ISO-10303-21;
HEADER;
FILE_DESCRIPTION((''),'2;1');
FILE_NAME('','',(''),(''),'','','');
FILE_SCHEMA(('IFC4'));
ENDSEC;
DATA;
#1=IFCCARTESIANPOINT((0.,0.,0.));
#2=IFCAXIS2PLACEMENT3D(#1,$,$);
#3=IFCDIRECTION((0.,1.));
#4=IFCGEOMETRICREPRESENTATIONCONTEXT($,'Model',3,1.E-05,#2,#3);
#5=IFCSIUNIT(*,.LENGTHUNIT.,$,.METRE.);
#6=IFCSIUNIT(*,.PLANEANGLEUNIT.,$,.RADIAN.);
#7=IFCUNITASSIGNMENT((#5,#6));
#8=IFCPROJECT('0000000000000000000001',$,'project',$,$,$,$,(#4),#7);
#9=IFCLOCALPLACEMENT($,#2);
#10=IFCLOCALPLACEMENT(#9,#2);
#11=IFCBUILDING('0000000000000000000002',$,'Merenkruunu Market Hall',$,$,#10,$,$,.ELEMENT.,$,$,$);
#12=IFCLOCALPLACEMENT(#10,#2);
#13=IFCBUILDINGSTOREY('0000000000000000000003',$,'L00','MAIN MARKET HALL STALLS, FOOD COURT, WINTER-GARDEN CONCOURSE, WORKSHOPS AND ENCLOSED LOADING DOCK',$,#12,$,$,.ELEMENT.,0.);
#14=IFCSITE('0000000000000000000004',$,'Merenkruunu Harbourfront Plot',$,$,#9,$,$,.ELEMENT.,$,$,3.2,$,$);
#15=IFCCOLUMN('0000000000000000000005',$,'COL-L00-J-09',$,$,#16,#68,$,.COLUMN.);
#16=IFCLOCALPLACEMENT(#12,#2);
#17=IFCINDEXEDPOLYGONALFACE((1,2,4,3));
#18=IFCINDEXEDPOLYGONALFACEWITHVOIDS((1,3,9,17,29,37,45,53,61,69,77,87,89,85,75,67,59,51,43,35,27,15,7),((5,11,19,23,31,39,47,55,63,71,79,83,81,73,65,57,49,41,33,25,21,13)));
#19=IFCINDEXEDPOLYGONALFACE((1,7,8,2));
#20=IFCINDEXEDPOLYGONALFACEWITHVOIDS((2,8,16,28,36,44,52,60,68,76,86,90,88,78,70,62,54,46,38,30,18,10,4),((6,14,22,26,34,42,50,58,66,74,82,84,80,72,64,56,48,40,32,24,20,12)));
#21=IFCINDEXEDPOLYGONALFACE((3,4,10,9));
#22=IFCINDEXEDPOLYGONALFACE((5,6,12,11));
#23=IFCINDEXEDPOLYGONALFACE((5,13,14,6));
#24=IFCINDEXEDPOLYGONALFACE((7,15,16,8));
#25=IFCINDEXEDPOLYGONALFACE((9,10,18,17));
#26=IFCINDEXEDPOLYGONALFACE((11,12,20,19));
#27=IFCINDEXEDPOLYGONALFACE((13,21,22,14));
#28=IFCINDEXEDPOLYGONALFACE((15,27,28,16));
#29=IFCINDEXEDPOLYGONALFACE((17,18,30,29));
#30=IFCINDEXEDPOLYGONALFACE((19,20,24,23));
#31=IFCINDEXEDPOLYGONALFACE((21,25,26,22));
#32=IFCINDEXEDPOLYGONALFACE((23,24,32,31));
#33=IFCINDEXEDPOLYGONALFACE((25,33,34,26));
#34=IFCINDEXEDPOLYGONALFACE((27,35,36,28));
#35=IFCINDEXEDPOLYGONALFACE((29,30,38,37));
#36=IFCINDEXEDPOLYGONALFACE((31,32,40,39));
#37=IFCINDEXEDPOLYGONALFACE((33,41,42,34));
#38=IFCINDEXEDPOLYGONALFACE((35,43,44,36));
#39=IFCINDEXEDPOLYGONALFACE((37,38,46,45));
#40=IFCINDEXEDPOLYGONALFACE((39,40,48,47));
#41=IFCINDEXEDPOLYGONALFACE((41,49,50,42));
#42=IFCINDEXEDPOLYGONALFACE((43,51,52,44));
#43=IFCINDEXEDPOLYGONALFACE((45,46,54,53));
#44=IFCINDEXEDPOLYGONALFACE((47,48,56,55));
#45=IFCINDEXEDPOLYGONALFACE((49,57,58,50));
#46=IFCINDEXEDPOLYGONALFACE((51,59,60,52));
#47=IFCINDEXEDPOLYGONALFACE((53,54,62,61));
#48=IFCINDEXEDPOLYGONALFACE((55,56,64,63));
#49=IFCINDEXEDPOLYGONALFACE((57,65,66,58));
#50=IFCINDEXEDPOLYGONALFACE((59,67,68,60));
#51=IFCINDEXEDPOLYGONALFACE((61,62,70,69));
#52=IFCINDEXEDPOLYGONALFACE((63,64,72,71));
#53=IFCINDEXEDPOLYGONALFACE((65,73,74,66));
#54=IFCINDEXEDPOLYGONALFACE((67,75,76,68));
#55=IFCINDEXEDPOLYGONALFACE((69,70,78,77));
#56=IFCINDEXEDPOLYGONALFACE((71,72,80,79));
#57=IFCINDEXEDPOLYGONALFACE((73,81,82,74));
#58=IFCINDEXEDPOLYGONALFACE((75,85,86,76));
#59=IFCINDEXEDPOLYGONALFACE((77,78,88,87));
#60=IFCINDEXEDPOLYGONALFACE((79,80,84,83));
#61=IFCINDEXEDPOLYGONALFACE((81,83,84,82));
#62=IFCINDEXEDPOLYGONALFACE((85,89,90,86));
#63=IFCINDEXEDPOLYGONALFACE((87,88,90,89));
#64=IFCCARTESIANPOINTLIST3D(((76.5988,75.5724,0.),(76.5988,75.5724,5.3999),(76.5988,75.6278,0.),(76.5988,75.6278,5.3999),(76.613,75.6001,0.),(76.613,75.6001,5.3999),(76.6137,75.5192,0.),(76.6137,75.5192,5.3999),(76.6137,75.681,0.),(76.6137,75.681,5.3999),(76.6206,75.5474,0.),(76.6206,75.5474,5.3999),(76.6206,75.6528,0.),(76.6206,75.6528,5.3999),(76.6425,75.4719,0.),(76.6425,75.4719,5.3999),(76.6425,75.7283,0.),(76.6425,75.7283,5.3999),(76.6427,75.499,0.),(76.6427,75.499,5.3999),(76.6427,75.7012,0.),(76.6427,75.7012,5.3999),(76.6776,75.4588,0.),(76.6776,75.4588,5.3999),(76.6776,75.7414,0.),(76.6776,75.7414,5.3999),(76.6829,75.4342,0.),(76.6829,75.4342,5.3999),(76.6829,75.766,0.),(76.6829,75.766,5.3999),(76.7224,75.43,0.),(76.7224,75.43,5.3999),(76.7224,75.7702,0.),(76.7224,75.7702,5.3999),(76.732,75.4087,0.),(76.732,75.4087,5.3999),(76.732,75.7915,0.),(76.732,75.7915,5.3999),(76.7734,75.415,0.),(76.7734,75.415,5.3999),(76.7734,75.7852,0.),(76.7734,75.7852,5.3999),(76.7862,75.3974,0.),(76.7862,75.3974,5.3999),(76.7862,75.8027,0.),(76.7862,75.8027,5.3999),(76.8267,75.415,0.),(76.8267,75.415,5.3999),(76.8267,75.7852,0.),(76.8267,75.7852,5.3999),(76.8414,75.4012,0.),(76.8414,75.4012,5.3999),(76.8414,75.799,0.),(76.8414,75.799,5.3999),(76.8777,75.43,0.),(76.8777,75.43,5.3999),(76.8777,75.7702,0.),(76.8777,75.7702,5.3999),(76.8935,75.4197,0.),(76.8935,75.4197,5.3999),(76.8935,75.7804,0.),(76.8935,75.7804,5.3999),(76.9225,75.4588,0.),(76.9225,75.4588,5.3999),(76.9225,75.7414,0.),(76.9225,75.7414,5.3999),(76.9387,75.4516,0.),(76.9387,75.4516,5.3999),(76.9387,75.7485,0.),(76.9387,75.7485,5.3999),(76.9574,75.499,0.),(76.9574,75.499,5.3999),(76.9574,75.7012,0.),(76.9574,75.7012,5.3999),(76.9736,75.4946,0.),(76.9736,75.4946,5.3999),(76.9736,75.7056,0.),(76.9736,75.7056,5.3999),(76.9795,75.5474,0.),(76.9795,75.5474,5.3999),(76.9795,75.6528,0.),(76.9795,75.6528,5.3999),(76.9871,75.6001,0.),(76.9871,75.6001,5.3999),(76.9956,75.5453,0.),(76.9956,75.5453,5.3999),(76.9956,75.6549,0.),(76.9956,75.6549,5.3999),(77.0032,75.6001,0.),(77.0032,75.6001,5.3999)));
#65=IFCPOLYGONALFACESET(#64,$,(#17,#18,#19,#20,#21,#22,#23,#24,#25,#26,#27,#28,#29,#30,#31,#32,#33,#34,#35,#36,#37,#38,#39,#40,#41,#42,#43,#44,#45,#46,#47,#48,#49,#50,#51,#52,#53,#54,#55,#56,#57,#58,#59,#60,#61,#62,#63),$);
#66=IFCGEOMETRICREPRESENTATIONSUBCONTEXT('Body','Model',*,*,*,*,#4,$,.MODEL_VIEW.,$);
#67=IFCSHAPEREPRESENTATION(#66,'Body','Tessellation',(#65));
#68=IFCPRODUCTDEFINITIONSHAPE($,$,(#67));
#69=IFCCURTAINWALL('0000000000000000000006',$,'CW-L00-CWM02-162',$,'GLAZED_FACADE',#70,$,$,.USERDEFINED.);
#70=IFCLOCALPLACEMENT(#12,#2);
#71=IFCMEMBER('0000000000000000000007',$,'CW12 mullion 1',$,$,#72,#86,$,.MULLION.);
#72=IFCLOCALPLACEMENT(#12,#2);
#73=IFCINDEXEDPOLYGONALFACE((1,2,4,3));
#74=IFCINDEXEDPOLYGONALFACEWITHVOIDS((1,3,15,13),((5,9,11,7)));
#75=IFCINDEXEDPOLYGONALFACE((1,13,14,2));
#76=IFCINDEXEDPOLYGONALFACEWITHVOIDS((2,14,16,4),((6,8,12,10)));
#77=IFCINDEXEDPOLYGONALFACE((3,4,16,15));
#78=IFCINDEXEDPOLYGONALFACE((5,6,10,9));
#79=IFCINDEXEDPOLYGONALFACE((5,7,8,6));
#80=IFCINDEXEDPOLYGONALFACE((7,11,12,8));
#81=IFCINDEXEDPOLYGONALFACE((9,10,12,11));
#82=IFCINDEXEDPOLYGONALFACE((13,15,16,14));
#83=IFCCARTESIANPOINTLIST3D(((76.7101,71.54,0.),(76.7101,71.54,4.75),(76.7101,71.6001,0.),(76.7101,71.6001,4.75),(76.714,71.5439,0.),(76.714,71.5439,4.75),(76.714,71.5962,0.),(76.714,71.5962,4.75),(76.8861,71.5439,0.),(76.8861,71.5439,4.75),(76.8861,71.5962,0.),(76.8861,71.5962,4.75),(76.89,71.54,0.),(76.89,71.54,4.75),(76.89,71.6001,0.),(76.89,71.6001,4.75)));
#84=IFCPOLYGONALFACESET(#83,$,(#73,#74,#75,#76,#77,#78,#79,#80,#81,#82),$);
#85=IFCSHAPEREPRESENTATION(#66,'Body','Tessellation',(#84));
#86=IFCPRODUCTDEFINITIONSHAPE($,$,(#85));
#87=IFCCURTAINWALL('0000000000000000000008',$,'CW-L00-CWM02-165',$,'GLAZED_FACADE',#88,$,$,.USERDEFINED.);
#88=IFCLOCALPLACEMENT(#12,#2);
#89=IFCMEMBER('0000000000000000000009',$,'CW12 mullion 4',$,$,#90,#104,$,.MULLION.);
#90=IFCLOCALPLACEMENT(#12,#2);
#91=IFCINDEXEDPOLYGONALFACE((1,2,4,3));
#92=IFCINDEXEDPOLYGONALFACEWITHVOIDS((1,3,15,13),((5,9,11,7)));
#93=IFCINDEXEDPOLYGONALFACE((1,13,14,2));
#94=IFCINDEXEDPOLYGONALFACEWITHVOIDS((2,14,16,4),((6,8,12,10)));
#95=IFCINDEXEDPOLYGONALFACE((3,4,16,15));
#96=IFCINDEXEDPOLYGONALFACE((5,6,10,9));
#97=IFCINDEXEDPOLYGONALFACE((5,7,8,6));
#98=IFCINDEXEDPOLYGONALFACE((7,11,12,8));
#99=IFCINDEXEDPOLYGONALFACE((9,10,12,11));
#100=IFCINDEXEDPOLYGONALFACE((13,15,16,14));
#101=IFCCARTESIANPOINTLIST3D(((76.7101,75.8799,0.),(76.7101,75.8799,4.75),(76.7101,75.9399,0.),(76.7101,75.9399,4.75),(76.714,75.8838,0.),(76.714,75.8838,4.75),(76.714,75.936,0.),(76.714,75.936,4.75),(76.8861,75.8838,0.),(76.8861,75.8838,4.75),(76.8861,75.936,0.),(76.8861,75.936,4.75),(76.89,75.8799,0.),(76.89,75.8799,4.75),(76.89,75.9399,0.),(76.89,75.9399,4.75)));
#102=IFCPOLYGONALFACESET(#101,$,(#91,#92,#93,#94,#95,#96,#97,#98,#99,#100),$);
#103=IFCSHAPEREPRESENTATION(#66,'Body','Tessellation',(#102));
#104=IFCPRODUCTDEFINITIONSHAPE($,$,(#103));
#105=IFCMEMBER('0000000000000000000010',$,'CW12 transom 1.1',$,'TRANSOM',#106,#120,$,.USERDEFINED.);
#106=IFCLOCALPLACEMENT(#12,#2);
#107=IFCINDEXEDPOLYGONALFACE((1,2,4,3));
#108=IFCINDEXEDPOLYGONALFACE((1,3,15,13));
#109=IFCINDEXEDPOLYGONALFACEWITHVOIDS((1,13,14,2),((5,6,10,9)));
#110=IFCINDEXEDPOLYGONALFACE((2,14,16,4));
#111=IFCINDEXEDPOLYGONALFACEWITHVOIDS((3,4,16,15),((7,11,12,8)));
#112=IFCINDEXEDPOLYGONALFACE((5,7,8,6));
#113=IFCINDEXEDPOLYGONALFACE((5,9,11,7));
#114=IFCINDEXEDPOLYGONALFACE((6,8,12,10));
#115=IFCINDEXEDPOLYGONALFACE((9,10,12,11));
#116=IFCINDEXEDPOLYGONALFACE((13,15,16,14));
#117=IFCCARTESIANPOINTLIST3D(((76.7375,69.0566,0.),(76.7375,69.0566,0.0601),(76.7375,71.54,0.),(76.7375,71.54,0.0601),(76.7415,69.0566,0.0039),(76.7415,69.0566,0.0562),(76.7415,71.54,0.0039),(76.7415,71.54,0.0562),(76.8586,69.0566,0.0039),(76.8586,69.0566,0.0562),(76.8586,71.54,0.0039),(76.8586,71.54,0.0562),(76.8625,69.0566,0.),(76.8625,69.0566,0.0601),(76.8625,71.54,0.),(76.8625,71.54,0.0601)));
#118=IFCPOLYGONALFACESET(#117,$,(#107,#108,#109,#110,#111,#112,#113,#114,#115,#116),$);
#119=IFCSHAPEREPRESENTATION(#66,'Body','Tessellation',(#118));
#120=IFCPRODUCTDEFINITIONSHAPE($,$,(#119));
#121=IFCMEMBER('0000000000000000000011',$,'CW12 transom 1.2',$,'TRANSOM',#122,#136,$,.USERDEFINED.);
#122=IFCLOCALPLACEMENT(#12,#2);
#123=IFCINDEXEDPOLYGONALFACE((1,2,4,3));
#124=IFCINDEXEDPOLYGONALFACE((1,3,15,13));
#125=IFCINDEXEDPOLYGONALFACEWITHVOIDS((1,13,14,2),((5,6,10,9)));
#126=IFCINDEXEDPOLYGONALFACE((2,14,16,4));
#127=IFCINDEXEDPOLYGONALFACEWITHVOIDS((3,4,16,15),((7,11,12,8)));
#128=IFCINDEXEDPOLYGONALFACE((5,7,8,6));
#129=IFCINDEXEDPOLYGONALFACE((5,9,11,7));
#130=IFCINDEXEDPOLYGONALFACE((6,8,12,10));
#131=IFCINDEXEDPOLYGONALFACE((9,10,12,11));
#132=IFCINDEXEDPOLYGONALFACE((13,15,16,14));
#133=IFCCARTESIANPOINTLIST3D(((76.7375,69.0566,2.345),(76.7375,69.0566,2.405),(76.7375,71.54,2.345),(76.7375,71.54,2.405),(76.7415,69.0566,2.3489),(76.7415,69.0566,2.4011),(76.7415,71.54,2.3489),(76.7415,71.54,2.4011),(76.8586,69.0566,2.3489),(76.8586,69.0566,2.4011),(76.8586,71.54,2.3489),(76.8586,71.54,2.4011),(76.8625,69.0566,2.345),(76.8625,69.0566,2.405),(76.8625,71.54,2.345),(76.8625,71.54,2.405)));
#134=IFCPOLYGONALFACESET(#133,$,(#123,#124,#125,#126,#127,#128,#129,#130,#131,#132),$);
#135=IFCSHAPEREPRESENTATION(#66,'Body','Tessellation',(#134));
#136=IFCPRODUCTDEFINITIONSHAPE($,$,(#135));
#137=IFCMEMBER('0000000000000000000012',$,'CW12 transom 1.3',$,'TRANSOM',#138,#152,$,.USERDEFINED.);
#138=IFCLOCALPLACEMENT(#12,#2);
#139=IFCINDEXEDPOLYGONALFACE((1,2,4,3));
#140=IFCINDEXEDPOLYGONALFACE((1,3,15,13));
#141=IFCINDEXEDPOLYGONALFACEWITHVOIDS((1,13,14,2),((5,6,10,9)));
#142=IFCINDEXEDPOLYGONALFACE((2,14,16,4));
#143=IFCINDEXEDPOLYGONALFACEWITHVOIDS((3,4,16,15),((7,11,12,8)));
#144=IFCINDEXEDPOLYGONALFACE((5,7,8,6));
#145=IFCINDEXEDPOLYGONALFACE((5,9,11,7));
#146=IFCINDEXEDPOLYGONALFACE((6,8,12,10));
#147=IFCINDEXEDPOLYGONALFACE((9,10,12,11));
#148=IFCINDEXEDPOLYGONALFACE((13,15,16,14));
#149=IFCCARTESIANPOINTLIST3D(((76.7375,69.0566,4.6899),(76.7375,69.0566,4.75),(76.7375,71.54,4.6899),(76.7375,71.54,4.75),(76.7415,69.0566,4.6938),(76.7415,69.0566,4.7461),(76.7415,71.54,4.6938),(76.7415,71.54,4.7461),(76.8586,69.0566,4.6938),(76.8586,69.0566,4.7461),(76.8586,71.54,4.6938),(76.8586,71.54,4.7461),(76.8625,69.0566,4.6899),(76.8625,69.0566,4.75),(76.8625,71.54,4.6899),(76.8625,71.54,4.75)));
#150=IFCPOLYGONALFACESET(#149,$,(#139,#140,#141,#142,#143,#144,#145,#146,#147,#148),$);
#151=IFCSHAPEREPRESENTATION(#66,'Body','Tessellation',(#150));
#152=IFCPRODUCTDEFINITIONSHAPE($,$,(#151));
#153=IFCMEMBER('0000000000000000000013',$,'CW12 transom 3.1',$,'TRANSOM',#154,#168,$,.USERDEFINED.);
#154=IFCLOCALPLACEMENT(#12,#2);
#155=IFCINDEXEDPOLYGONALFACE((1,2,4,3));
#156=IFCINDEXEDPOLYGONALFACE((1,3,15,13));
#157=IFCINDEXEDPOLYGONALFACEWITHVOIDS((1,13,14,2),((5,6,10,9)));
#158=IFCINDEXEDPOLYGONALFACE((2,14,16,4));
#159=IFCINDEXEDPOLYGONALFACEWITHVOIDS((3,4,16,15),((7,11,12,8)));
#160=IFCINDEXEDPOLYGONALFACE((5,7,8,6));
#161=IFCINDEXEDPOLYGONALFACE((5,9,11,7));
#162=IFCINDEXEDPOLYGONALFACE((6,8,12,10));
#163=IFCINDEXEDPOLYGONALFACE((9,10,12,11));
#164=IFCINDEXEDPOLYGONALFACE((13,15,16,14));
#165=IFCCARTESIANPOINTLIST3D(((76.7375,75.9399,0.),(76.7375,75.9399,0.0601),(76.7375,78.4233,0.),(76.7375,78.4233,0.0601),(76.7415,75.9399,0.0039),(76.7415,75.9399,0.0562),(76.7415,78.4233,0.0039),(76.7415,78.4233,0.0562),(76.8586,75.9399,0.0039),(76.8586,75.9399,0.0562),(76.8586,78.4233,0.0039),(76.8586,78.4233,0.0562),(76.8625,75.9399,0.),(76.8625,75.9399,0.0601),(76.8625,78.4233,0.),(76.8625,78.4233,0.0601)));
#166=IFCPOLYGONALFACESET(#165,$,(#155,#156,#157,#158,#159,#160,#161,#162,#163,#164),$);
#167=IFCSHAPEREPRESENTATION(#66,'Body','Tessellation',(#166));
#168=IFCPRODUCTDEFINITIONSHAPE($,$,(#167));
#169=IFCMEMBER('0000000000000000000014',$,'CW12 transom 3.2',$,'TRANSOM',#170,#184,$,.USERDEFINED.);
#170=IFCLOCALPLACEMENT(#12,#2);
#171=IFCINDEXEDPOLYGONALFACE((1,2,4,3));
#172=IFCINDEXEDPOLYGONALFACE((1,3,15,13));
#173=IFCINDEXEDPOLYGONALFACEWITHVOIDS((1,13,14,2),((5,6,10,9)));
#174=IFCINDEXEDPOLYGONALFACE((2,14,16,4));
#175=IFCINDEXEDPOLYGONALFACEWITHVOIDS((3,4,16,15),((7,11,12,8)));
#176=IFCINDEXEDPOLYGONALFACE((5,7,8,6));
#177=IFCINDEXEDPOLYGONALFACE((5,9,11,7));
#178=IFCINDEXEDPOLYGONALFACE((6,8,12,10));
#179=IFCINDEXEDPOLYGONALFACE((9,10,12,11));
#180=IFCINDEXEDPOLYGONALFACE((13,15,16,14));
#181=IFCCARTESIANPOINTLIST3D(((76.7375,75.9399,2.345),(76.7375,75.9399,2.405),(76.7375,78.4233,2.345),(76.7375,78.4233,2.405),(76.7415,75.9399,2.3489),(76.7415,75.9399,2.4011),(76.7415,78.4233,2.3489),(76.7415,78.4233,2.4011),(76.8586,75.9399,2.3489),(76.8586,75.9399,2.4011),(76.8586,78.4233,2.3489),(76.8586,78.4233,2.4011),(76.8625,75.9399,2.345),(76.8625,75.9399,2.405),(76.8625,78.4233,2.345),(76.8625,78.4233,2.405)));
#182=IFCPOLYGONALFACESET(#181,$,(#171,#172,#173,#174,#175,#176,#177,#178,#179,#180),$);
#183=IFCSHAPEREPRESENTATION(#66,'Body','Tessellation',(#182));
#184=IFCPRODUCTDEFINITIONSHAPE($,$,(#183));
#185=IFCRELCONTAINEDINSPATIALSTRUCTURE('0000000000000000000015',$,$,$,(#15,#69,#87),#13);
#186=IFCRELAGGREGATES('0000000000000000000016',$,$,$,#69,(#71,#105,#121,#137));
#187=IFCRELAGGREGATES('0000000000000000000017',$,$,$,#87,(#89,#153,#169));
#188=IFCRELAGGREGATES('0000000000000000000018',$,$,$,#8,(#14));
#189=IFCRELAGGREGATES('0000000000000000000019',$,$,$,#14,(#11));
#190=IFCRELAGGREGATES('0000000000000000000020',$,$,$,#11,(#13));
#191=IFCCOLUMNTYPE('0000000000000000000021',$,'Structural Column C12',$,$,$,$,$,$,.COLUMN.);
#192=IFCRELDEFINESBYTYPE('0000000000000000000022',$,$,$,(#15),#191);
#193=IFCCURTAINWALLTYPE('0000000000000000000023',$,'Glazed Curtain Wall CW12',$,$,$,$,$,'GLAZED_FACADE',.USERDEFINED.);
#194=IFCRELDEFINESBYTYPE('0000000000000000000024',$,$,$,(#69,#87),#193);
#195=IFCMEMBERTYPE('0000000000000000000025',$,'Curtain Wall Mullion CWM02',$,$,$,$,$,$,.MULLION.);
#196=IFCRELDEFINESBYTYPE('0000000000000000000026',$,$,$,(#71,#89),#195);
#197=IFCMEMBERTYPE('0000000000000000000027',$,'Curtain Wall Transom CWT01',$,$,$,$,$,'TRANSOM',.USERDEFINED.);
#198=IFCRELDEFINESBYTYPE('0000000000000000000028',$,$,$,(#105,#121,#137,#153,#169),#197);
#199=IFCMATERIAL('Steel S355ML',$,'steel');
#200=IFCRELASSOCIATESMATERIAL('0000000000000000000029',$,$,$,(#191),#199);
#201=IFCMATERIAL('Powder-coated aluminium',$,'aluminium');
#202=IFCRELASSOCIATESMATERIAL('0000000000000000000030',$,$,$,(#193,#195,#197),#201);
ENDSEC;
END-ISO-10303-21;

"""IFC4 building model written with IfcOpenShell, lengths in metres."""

from ifc_helpers import new_model, si_unit, direction, frame, origin, origin_2d, place, context, subcontext, project, spatial, hollow_rectangle, hollow_circle, extrude, material, material_profile, profile_set, type_object, element, aggregate, save


model = new_model("IFC4")

# Units and contexts
model_context = context("Model", 3, precision=1e-05, world=origin(), true_north=direction((0.0, 1.0)))
body_context = subcontext(model_context, "Body", "Model", "MODEL_VIEW")
ifc_project = project(units=[si_unit("LENGTHUNIT", "METRE"), si_unit("PLANEANGLEUNIT", "RADIAN")], contexts=[model_context])

# Site, building, storey
site_placement = place(None, origin())
site = spatial("IfcSite", under=ifc_project, at=site_placement, Name="Merenkruunu Harbourfront Plot", CompositionType="ELEMENT", RefElevation=3.2)
building_placement = place(site_placement, origin())
building = spatial("IfcBuilding", under=site, at=building_placement, Name="Merenkruunu Market Hall", CompositionType="ELEMENT")
storey_placement = place(building_placement, origin())
storey = spatial("IfcBuildingStorey", under=building, at=storey_placement, Name="L00", Description="MAIN MARKET HALL STALLS, FOOD COURT, WINTER-GARDEN CONCOURSE, WORKSHOPS AND ENCLOSED LOADING DOCK", CompositionType="ELEMENT", Elevation=0.0)

# Column
ifc_material_1 = material(Name="Steel S355ML", Category="steel")
ifc_material_profile_1 = material_profile(ifc_material_1, hollow_circle(Radius=0.2031, WallThickness=0.0161, at=origin_2d()), Name="CHS 406.4x16")
ifc_profile_set_1 = profile_set([ifc_material_profile_1], Name="Steel S355ML")
column_type = type_object("IfcColumnType", Name="Structural Column C12", PredefinedType="COLUMN", material=ifc_profile_set_1)
column_placement = place(storey_placement, frame((76.8, 75.6001, 0.0), z_axis=(0.0, 0.0, 1.0), x_axis=(1.0, 0.0, 0.0)))
element("IfcColumn", 1, at=column_placement, inside=storey, type_object=column_type, Name="COL-L00-J-09", PredefinedType="COLUMN", context=body_context, shape_type="SweptSolid", body=[
    extrude(hollow_circle(Radius=0.2031, WallThickness=0.0161, at=origin_2d()), origin(), (0.0, 0.0, 1.0), 5.3999),
])

# Curtain walls, members
ifc_material_2 = material(Name="Powder-coated aluminium", Category="aluminium")
curtain_wall_type = type_object("IfcCurtainWallType", Name="Glazed Curtain Wall CW12", ElementType="GLAZED_FACADE", PredefinedType="USERDEFINED", material=ifc_material_2)
curtain_wall_1_placement = place(storey_placement, origin())
curtain_wall_1 = element("IfcCurtainWall", 2, at=curtain_wall_1_placement, inside=storey, type_object=curtain_wall_type, Name="CW-L00-CWM02-162", ObjectType="GLAZED_FACADE", PredefinedType="USERDEFINED")
ifc_material_profile_2 = material_profile(ifc_material_2, hollow_rectangle(XDim=0.0601, YDim=0.1799, WallThickness=0.0039, at=origin_2d()), Name="ALU 60x180x4")
ifc_profile_set_2 = profile_set([ifc_material_profile_2], Name="Powder-coated aluminium")
member_type_1 = type_object("IfcMemberType", Name="Curtain Wall Mullion CWM02", PredefinedType="MULLION", material=ifc_profile_set_2)
member_1_placement = place(storey_placement, frame((76.8, 71.5701, 0.0), z_axis=(0.0, 0.0, 1.0), x_axis=(0.0, -1.0, 0.0)))
member_1 = element("IfcMember", 3, at=member_1_placement, type_object=member_type_1, Name="CW12 mullion 1", PredefinedType="MULLION", context=body_context, shape_type="SweptSolid", body=[
    extrude(hollow_rectangle(XDim=0.0601, YDim=0.1799, WallThickness=0.0039, at=origin_2d()), origin(), (0.0, 0.0, 1.0), 4.75),
])
curtain_wall_2_placement = place(storey_placement, origin())
curtain_wall_2 = element("IfcCurtainWall", 4, at=curtain_wall_2_placement, inside=storey, type_object=curtain_wall_type, Name="CW-L00-CWM02-165", ObjectType="GLAZED_FACADE", PredefinedType="USERDEFINED")
member_2_placement = place(storey_placement, frame((76.8, 75.9099, 0.0), z_axis=(0.0, 0.0, 1.0), x_axis=(0.0, -1.0, 0.0)))
member_2 = element("IfcMember", 5, at=member_2_placement, type_object=member_type_1, Name="CW12 mullion 4", PredefinedType="MULLION", context=body_context, shape_type="SweptSolid", body=[
    extrude(hollow_rectangle(XDim=0.0601, YDim=0.1799, WallThickness=0.0039, at=origin_2d()), origin(), (0.0, 0.0, 1.0), 4.75),
])

# Members
ifc_material_profile_3 = material_profile(ifc_material_2, hollow_rectangle(XDim=0.0601, YDim=0.125, WallThickness=0.0039, at=origin_2d()), Name="ALU 60x125x4")
ifc_profile_set_3 = profile_set([ifc_material_profile_3], Name="Powder-coated aluminium")
member_type_2 = type_object("IfcMemberType", Name="Curtain Wall Transom CWT01", ElementType="TRANSOM", PredefinedType="USERDEFINED", material=ifc_profile_set_3)
member_3_placement = place(storey_placement, frame((76.8, 71.54, 0.03), z_axis=(0.0, -1.0, 0.0), x_axis=(0.0, 0.0, 1.0)))
member_3 = element("IfcMember", 6, at=member_3_placement, type_object=member_type_2, Name="CW12 transom 1.1", ObjectType="TRANSOM", PredefinedType="USERDEFINED", context=body_context, shape_type="SweptSolid", body=[
    extrude(hollow_rectangle(XDim=0.0601, YDim=0.125, WallThickness=0.0039, at=origin_2d()), origin(), (0.0, 0.0, 1.0), 2.4834),
])
member_4_placement = place(storey_placement, frame((76.8, 71.54, 2.375), z_axis=(0.0, -1.0, 0.0), x_axis=(0.0, 0.0, 1.0)))
member_4 = element("IfcMember", 7, at=member_4_placement, type_object=member_type_2, Name="CW12 transom 1.2", ObjectType="TRANSOM", PredefinedType="USERDEFINED", context=body_context, shape_type="SweptSolid", body=[
    extrude(hollow_rectangle(XDim=0.0601, YDim=0.125, WallThickness=0.0039, at=origin_2d()), origin(), (0.0, 0.0, 1.0), 2.4834),
])
member_5_placement = place(storey_placement, frame((76.8, 71.54, 4.72), z_axis=(0.0, -1.0, 0.0), x_axis=(0.0, 0.0, 1.0)))
member_5 = element("IfcMember", 8, at=member_5_placement, type_object=member_type_2, Name="CW12 transom 1.3", ObjectType="TRANSOM", PredefinedType="USERDEFINED", context=body_context, shape_type="SweptSolid", body=[
    extrude(hollow_rectangle(XDim=0.0601, YDim=0.125, WallThickness=0.0039, at=origin_2d()), origin(), (0.0, 0.0, 1.0), 2.4834),
])
aggregate(curtain_wall_1, [member_1, member_3, member_4, member_5])
member_6_placement = place(storey_placement, frame((76.8, 78.4233, 0.03), z_axis=(0.0, -1.0, 0.0), x_axis=(0.0, 0.0, 1.0)))
member_6 = element("IfcMember", 9, at=member_6_placement, type_object=member_type_2, Name="CW12 transom 3.1", ObjectType="TRANSOM", PredefinedType="USERDEFINED", context=body_context, shape_type="SweptSolid", body=[
    extrude(hollow_rectangle(XDim=0.0601, YDim=0.125, WallThickness=0.0039, at=origin_2d()), origin(), (0.0, 0.0, 1.0), 2.4834),
])
member_7_placement = place(storey_placement, frame((76.8, 78.4233, 2.375), z_axis=(0.0, -1.0, 0.0), x_axis=(0.0, 0.0, 1.0)))
member_7 = element("IfcMember", 10, at=member_7_placement, type_object=member_type_2, Name="CW12 transom 3.2", ObjectType="TRANSOM", PredefinedType="USERDEFINED", context=body_context, shape_type="SweptSolid", body=[
    extrude(hollow_rectangle(XDim=0.0601, YDim=0.125, WallThickness=0.0039, at=origin_2d()), origin(), (0.0, 0.0, 1.0), 2.4834),
])

aggregate(curtain_wall_2, [member_2, member_6, member_7])

save(model, "model.ifc")
